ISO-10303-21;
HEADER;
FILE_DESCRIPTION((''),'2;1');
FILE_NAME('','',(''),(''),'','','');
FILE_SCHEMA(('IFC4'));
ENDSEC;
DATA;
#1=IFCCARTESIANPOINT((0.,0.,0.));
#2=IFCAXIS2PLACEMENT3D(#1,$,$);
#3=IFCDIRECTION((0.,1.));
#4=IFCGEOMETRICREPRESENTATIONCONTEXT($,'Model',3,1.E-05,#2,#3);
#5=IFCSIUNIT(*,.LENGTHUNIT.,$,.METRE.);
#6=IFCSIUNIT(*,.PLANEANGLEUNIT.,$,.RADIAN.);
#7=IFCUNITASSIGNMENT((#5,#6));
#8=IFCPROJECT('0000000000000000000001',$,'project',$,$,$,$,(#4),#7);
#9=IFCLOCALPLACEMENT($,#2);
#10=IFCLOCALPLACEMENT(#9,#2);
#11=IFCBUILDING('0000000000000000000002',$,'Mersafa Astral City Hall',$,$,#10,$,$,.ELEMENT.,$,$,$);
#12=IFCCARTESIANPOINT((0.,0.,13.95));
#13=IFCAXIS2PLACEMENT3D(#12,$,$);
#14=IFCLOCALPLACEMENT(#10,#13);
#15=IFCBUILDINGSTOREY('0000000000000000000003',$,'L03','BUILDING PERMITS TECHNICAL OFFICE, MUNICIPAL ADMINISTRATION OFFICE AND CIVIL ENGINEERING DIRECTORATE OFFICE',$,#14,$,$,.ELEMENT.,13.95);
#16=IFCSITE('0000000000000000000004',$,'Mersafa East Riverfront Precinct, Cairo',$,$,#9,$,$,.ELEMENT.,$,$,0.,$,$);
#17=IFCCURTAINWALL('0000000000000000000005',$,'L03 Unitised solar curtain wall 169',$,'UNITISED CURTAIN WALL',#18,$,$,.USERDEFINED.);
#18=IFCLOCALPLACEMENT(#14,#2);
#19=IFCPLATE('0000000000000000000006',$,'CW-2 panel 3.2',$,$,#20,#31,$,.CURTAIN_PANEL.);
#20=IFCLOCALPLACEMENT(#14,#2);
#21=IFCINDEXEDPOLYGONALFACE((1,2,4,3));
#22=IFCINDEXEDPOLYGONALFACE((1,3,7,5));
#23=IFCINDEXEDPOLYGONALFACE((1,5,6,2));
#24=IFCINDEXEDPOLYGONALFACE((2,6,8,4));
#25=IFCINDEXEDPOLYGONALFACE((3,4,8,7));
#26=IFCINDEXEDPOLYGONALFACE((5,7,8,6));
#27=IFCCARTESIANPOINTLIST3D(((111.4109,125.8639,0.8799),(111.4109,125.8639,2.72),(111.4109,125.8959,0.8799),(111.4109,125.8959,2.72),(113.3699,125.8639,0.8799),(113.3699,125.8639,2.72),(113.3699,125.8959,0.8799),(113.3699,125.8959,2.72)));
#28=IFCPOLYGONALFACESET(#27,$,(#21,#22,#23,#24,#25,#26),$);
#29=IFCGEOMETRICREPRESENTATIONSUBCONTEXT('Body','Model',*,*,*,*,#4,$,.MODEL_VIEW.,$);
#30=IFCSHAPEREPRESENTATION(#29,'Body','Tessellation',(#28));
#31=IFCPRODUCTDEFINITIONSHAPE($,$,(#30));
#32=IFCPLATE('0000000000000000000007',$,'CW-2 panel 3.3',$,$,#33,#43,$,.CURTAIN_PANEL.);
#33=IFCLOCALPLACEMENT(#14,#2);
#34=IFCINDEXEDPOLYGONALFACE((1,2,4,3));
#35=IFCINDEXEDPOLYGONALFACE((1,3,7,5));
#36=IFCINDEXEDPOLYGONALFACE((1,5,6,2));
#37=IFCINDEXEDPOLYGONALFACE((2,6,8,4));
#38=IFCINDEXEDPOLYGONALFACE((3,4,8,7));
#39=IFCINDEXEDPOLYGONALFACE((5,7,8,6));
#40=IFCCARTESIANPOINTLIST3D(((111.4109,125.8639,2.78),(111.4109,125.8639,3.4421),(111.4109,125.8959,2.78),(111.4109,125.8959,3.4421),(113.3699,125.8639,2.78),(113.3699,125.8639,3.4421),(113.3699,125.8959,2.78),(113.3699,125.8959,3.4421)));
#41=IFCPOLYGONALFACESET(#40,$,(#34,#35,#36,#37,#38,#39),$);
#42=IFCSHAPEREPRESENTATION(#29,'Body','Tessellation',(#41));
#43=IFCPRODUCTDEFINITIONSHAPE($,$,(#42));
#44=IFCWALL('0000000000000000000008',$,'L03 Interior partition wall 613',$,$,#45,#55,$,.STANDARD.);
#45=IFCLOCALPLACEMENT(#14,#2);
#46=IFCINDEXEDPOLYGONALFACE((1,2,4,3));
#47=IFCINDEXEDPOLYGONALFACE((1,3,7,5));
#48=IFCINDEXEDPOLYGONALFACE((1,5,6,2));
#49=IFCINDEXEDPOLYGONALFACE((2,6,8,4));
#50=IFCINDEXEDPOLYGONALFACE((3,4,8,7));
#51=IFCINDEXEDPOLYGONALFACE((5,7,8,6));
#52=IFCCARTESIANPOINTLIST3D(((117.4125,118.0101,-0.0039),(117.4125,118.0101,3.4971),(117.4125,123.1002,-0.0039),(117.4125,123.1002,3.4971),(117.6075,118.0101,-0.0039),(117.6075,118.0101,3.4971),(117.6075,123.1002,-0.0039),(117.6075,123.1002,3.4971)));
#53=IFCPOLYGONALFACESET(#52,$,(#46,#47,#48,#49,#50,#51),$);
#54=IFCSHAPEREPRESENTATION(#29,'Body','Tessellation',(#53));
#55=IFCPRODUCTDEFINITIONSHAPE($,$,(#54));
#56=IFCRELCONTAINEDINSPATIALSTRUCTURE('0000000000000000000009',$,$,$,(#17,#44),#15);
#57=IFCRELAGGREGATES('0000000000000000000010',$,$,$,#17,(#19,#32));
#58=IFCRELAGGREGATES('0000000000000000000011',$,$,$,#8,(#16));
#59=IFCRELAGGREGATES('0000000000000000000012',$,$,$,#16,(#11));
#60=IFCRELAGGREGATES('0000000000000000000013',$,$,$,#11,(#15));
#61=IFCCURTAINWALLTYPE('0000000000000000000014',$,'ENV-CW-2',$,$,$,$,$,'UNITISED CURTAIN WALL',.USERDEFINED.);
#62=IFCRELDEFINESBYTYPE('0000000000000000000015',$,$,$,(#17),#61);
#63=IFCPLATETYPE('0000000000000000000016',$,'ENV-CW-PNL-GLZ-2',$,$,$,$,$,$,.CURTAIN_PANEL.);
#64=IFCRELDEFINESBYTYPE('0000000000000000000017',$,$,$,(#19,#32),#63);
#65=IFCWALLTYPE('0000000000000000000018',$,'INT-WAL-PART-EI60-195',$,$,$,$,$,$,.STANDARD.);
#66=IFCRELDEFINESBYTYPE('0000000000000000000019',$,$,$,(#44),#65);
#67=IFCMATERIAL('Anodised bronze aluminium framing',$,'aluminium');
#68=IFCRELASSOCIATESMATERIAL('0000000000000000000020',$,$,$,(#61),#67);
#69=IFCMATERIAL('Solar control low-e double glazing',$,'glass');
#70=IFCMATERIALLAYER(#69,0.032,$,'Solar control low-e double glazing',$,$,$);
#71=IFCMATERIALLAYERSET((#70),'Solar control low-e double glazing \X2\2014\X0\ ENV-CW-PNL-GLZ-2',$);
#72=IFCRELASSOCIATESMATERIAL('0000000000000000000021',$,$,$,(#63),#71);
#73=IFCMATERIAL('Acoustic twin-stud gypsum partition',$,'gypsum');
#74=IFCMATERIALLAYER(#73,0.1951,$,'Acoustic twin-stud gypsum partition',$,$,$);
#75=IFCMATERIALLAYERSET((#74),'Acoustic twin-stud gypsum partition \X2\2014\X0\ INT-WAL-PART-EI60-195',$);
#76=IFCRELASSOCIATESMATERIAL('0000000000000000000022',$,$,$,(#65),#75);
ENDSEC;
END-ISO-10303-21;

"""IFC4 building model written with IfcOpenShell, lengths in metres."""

from ifc_helpers import new_model, si_unit, direction, frame, frame_2d, origin, origin_2d, place, context, subcontext, project, spatial, rectangle, extrude, material, layer, layer_set, type_object, element, aggregate, save


model = new_model("IFC4")

# Units and contexts
model_context = context("Model", 3, precision=1e-05, world=origin(), true_north=direction((0.0, 1.0)))
body_context = subcontext(model_context, "Body", "Model", "MODEL_VIEW")
ifc_project = project(units=[si_unit("LENGTHUNIT", "METRE"), si_unit("PLANEANGLEUNIT", "RADIAN")], contexts=[model_context])

# Site, building, storey
site_placement = place(None, origin())
site = spatial("IfcSite", under=ifc_project, at=site_placement, Name="Mersafa East Riverfront Precinct, Cairo", CompositionType="ELEMENT", RefElevation=0.0)
building_placement = place(site_placement, origin())
building = spatial("IfcBuilding", under=site, at=building_placement, Name="Mersafa Astral City Hall", CompositionType="ELEMENT")
storey_placement = place(building_placement, frame((0.0, 0.0, 13.95)))
storey = spatial("IfcBuildingStorey", under=building, at=storey_placement, Name="L03", Description="BUILDING PERMITS TECHNICAL OFFICE, MUNICIPAL ADMINISTRATION OFFICE AND CIVIL ENGINEERING DIRECTORATE OFFICE", CompositionType="ELEMENT", Elevation=13.95)

# Curtain wall
ifc_material_1 = material(Name="Anodised bronze aluminium framing", Category="aluminium")
curtain_wall_type = type_object("IfcCurtainWallType", Name="ENV-CW-2", ElementType="UNITISED CURTAIN WALL", PredefinedType="USERDEFINED", material=ifc_material_1)
curtain_wall_placement = place(storey_placement, origin())
curtain_wall = element("IfcCurtainWall", 1, at=curtain_wall_placement, inside=storey, type_object=curtain_wall_type, Name="L03 Unitised solar curtain wall 169", ObjectType="UNITISED CURTAIN WALL", PredefinedType="USERDEFINED")

# Plates
ifc_material_2 = material(Name="Solar control low-e double glazing", Category="glass")
ifc_layer_1 = layer(ifc_material_2, 0.032, Name="Solar control low-e double glazing")
ifc_layer_set_1 = layer_set([ifc_layer_1], Name="Solar control low-e double glazing — ENV-CW-PNL-GLZ-2")
plate_type = type_object("IfcPlateType", Name="ENV-CW-PNL-GLZ-2", PredefinedType="CURTAIN_PANEL", material=ifc_layer_set_1)
plate_1_placement = place(storey_placement, frame((112.3904, 125.8799, 0.8799), z_axis=(0.0, 0.0, 1.0), x_axis=(-1.0, 0.0, 0.0)))
plate_1 = element("IfcPlate", 2, at=plate_1_placement, type_object=plate_type, Name="CW-2 panel 3.2", PredefinedType="CURTAIN_PANEL", context=body_context, shape_type="SweptSolid", body=[
    extrude(rectangle(XDim=1.959, YDim=0.032, at=origin_2d()), origin(), (0.0, 0.0, 1.0), 1.8401),
])
plate_2_placement = place(storey_placement, frame((112.3904, 125.8799, 2.78), z_axis=(0.0, 0.0, 1.0), x_axis=(-1.0, 0.0, 0.0)))
plate_2 = element("IfcPlate", 3, at=plate_2_placement, type_object=plate_type, Name="CW-2 panel 3.3", PredefinedType="CURTAIN_PANEL", context=body_context, shape_type="SweptSolid", body=[
    extrude(rectangle(XDim=1.959, YDim=0.032, at=origin_2d()), origin(), (0.0, 0.0, 1.0), 0.6621),
])
aggregate(curtain_wall, [plate_1, plate_2])

# Wall
ifc_material_3 = material(Name="Acoustic twin-stud gypsum partition", Category="gypsum")
ifc_layer_2 = layer(ifc_material_3, 0.1951, Name="Acoustic twin-stud gypsum partition")
ifc_layer_set_2 = layer_set([ifc_layer_2], Name="Acoustic twin-stud gypsum partition — INT-WAL-PART-EI60-195")
wall_type = type_object("IfcWallType", Name="INT-WAL-PART-EI60-195", PredefinedType="STANDARD", material=ifc_layer_set_2)
wall_placement = place(storey_placement, frame((117.51, 123.1001, -0.0039), z_axis=(0.0, 0.0, 1.0), x_axis=(0.0, -1.0, 0.0)))
element("IfcWall", 4, at=wall_placement, inside=storey, type_object=wall_type, Name="L03 Interior partition wall 613", PredefinedType="STANDARD", context=body_context, shape_type="SweptSolid", body=[
    extrude(rectangle(XDim=5.0901, YDim=0.1951, at=frame_2d((2.5449, 0.0))), origin(), (0.0, 0.0, 1.0), 3.501),
])

save(model, "model.ifc")
